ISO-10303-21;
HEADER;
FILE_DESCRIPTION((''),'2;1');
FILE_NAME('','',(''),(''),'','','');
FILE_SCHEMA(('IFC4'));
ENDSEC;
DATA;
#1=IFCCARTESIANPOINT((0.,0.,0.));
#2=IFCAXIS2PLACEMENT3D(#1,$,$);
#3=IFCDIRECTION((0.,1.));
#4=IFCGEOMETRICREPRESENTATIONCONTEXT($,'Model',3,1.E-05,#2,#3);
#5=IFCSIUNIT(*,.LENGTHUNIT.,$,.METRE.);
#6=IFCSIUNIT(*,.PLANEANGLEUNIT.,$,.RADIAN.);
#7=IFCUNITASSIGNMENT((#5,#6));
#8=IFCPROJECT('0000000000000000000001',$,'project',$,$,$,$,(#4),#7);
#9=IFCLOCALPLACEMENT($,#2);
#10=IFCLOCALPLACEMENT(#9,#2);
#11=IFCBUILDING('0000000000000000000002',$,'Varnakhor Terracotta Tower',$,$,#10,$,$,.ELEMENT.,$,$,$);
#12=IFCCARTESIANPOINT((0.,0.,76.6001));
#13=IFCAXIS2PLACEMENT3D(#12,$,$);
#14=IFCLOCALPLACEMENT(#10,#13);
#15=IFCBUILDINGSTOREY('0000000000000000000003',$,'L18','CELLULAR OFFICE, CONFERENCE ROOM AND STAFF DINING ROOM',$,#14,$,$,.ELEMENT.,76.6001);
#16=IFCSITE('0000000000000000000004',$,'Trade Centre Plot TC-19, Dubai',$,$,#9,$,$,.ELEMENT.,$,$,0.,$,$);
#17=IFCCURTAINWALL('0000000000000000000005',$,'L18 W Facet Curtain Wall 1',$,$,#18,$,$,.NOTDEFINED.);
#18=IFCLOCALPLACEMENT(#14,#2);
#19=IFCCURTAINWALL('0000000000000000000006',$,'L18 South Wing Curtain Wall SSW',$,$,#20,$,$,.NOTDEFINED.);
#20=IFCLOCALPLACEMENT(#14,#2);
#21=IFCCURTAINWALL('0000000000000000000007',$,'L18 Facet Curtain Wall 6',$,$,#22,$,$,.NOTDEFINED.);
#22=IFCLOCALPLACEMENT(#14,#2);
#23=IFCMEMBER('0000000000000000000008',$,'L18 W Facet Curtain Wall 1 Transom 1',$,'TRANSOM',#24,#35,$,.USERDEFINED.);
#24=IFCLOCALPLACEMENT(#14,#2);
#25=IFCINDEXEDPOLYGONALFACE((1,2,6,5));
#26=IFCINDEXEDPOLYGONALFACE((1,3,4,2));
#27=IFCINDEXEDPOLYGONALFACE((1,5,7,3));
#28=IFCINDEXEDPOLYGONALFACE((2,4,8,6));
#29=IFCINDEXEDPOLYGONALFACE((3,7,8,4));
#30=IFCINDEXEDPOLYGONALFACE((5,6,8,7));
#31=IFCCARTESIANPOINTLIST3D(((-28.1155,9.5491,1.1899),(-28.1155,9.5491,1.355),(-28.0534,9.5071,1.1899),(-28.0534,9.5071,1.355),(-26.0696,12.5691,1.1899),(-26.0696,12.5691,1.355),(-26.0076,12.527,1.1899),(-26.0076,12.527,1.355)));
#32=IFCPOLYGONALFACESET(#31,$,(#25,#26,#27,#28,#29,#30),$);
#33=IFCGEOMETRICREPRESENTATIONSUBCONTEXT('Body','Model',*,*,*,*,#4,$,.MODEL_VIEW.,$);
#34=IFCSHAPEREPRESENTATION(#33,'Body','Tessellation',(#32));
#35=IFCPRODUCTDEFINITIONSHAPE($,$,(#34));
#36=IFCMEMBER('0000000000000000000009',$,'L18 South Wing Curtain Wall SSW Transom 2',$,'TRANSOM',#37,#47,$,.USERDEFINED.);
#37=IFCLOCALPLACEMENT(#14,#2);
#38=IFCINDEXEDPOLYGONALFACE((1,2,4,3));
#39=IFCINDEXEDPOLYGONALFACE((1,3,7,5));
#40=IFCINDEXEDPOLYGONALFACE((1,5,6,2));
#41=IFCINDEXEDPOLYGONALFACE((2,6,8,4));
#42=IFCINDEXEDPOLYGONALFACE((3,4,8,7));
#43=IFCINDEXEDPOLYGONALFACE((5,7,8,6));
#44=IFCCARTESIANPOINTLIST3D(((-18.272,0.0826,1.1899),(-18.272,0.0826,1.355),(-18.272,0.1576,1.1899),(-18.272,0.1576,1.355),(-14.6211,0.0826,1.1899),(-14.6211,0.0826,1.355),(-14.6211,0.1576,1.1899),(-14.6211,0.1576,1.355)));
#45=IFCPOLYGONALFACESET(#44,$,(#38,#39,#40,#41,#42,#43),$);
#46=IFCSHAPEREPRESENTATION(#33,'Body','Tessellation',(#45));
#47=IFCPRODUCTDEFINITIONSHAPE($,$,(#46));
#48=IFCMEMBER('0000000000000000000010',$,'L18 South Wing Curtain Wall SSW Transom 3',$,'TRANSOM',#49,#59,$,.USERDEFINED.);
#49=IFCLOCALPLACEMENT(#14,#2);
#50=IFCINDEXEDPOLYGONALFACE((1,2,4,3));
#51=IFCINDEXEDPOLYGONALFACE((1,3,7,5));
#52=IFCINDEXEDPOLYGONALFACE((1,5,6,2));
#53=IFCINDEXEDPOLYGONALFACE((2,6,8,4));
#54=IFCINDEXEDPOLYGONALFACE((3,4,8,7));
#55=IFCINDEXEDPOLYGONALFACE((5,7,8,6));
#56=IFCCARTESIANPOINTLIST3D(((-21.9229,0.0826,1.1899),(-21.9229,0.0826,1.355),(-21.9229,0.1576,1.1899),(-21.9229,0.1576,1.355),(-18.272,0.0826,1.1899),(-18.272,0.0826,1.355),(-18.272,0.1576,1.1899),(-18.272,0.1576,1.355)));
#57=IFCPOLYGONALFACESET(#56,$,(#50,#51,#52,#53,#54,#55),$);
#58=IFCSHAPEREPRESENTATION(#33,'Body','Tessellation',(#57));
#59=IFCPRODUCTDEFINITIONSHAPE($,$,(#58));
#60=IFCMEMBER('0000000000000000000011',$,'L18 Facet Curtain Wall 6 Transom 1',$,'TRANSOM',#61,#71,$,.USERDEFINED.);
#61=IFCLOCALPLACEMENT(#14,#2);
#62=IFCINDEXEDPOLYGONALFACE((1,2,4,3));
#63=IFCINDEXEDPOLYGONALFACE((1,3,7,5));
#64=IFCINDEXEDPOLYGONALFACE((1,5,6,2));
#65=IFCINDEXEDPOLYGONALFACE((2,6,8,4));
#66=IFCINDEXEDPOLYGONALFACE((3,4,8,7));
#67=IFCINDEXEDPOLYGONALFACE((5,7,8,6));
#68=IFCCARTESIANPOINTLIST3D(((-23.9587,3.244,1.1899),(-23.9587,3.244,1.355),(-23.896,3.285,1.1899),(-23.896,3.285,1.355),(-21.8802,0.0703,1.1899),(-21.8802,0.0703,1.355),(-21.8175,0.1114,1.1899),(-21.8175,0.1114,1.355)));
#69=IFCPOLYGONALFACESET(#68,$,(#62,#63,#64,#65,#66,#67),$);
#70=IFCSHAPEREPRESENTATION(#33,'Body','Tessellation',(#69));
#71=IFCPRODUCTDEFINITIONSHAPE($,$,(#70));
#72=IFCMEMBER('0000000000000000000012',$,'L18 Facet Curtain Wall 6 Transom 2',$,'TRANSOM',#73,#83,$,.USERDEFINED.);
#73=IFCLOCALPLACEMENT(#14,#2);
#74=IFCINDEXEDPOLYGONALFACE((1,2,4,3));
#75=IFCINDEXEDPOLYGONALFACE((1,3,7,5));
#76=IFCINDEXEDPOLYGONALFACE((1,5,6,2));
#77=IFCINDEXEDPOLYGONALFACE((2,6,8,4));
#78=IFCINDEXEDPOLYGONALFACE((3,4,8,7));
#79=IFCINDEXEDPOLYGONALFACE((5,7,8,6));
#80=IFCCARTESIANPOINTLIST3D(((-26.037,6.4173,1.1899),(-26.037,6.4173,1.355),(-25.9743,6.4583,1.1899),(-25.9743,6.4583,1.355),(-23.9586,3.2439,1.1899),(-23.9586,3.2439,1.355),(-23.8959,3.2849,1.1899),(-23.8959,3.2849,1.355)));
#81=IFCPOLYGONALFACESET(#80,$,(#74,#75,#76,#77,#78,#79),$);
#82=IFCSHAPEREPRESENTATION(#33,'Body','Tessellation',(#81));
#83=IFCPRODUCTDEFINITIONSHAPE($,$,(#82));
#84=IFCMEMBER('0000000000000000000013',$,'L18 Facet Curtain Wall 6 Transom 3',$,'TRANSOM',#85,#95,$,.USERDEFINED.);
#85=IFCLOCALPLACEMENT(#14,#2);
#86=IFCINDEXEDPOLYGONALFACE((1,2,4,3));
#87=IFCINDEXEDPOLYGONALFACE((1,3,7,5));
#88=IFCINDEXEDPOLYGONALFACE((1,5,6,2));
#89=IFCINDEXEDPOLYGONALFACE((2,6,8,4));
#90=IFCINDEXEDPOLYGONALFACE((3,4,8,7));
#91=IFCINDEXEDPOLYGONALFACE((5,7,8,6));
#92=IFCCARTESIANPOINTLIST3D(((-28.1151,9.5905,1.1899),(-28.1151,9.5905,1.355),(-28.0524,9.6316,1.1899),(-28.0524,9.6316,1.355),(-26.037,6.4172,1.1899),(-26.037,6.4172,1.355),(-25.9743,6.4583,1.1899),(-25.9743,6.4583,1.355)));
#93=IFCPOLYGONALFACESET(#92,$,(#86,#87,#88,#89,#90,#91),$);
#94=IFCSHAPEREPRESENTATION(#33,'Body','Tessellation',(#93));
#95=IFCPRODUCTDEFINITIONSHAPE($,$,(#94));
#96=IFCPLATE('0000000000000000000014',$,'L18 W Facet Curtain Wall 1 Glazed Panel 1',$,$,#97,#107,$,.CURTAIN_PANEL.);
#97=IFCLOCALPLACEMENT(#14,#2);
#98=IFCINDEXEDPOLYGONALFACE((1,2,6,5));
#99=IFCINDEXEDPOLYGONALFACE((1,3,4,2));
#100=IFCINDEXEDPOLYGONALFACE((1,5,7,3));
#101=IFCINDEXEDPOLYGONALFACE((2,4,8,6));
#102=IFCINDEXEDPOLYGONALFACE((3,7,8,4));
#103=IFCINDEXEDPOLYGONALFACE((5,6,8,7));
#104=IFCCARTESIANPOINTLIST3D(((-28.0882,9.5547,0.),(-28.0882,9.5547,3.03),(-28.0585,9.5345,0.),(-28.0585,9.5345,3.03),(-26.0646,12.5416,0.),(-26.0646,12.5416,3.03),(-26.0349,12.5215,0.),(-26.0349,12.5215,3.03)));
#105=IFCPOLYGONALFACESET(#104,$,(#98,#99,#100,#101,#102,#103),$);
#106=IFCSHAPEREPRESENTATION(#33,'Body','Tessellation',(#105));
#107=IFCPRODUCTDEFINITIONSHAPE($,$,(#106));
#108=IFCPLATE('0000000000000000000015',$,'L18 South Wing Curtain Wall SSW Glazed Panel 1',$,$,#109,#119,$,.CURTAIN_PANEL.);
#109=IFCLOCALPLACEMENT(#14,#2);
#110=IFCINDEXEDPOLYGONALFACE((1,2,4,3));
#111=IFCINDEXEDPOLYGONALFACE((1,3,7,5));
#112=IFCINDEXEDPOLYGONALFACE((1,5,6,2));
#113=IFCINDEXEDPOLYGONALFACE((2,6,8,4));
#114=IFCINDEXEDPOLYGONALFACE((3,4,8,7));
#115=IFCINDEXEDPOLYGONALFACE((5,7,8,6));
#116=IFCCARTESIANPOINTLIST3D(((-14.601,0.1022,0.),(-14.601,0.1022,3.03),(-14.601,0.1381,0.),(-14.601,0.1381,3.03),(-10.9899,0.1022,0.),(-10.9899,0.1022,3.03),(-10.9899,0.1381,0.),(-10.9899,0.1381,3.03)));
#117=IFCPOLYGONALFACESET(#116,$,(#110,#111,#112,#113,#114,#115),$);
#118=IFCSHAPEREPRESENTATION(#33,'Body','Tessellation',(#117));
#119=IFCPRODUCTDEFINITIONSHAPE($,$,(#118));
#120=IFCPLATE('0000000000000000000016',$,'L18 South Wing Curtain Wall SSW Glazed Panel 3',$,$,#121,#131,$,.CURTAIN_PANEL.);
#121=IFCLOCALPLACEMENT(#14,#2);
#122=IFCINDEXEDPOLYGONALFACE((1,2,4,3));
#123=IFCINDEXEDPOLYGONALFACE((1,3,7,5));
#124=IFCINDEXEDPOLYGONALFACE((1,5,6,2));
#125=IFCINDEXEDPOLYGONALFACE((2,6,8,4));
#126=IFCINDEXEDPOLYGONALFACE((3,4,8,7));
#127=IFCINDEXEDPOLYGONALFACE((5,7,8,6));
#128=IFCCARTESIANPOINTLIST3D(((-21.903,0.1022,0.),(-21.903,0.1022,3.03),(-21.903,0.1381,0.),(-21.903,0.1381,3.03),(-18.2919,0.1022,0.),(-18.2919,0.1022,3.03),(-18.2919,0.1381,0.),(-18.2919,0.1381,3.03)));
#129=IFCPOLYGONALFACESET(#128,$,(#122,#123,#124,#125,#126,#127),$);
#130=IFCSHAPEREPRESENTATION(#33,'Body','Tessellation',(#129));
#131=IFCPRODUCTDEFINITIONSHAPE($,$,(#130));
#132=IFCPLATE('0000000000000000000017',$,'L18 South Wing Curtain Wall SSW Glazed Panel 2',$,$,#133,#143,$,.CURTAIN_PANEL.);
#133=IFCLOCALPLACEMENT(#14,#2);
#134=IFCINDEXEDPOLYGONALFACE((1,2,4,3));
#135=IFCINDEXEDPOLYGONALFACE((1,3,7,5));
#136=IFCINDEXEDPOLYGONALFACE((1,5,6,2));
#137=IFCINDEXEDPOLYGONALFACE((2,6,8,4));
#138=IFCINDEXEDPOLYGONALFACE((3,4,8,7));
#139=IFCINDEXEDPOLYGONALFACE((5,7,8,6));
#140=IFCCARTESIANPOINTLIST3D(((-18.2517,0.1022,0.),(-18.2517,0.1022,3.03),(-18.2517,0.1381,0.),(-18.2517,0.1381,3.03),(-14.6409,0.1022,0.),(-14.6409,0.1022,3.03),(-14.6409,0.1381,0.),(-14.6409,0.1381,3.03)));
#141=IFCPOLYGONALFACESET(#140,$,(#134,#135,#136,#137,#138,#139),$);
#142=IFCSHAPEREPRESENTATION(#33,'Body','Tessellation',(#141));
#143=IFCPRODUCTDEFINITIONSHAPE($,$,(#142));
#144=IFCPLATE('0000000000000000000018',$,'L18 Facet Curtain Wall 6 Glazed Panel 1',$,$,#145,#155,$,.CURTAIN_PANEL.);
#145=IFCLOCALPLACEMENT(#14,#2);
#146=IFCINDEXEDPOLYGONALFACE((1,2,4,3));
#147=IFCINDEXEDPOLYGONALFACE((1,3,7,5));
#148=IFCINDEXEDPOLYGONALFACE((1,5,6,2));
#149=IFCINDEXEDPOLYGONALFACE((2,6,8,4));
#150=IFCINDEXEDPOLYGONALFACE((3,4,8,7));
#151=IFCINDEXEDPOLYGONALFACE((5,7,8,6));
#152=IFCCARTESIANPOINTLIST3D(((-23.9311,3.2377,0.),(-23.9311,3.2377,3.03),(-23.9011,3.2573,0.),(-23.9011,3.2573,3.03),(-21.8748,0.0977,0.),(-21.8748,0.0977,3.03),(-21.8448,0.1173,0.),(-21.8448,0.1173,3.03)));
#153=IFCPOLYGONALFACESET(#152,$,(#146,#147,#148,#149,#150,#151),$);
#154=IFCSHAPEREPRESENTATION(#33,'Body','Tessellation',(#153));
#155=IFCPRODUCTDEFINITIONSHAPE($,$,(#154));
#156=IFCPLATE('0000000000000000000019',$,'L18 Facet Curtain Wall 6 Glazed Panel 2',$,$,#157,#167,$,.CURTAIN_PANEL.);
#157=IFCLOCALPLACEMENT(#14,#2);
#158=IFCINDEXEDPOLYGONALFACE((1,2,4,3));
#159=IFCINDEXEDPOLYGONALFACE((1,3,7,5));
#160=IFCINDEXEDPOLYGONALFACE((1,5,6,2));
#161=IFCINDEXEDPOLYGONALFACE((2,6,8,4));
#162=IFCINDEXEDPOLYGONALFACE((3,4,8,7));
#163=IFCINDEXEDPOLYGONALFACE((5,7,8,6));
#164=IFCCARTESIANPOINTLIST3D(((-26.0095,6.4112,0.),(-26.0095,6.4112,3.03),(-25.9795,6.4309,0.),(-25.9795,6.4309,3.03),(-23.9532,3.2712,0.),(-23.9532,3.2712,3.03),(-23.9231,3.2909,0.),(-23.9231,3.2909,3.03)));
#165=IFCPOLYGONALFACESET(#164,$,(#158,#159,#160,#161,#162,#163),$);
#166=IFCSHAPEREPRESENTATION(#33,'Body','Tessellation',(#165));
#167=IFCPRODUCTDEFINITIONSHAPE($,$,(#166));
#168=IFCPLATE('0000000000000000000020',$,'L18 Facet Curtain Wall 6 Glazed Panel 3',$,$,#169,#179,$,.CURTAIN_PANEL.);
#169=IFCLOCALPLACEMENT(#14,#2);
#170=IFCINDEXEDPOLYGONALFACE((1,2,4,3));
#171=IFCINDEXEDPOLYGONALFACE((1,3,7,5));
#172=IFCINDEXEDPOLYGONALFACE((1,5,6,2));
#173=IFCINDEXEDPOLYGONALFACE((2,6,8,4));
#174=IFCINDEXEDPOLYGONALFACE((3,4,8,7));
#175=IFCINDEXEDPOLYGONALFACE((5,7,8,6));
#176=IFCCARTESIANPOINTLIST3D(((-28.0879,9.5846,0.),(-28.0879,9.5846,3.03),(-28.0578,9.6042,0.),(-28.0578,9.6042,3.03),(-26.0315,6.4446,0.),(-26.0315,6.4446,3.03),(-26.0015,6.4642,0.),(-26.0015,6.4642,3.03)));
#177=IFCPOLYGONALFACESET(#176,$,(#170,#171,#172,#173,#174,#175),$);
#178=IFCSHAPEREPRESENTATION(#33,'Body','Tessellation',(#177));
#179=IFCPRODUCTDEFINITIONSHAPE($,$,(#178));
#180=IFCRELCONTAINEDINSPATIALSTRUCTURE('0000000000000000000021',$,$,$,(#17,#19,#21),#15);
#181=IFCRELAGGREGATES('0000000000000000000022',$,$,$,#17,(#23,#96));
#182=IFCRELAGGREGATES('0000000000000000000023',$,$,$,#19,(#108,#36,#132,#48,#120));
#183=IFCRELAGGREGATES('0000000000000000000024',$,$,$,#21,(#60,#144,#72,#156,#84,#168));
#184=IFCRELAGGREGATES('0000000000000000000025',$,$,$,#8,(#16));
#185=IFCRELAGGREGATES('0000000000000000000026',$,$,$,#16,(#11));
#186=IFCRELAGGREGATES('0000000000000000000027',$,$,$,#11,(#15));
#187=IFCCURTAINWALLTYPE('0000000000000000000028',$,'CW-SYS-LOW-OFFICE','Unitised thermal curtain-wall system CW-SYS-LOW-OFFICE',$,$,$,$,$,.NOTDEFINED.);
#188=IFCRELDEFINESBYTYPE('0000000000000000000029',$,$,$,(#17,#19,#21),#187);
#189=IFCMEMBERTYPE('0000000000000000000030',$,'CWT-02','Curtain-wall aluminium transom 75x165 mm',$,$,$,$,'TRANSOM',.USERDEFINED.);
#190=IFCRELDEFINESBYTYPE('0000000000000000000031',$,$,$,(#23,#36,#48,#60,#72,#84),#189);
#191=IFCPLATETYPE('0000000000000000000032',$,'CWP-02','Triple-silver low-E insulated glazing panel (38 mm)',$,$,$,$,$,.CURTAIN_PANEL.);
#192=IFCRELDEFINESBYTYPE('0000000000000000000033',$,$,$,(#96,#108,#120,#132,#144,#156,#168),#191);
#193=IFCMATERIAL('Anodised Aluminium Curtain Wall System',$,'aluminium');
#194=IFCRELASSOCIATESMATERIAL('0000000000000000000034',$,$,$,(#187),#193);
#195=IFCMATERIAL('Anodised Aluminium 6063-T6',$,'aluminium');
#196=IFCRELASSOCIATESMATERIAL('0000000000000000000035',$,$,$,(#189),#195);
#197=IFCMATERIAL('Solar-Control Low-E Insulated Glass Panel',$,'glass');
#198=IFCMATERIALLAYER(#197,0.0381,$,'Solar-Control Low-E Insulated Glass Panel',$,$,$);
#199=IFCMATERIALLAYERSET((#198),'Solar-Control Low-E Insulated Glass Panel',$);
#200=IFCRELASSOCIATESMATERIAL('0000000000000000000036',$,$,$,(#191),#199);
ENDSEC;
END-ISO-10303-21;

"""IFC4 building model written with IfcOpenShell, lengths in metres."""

from ifc_helpers import new_model, si_unit, direction, frame, origin, origin_2d, place, context, subcontext, project, spatial, rectangle, extrude, source, transform, mapped, material, layer, layer_set, material_profile, profile_set, type_object, element, aggregate, save


model = new_model("IFC4")

# Units and contexts
model_context = context("Model", 3, precision=1e-05, world=origin(), true_north=direction((0.0, 1.0)))
body_context = subcontext(model_context, "Body", "Model", "MODEL_VIEW")
ifc_project = project(units=[si_unit("LENGTHUNIT", "METRE"), si_unit("PLANEANGLEUNIT", "RADIAN")], contexts=[model_context])

# Site, building, storey
site_placement = place(None, origin())
site = spatial("IfcSite", under=ifc_project, at=site_placement, Name="Trade Centre Plot TC-19, Dubai", CompositionType="ELEMENT", RefElevation=0.0)
building_placement = place(site_placement, origin())
building = spatial("IfcBuilding", under=site, at=building_placement, Name="Varnakhor Terracotta Tower", CompositionType="ELEMENT")
storey_placement = place(building_placement, frame((0.0, 0.0, 76.6001)))
storey = spatial("IfcBuildingStorey", under=building, at=storey_placement, Name="L18", Description="CELLULAR OFFICE, CONFERENCE ROOM AND STAFF DINING ROOM", CompositionType="ELEMENT", Elevation=76.6001)

# Curtain wall
ifc_material_1 = material(Name="Anodised Aluminium Curtain Wall System", Category="aluminium")
curtain_wall_type = type_object("IfcCurtainWallType", Name="CW-SYS-LOW-OFFICE", Description="Unitised thermal curtain-wall system CW-SYS-LOW-OFFICE", PredefinedType="NOTDEFINED", material=ifc_material_1)
curtain_wall_1_placement = place(storey_placement, origin())
curtain_wall_1 = element("IfcCurtainWall", 1, at=curtain_wall_1_placement, inside=storey, type_object=curtain_wall_type, Name="L18 W Facet Curtain Wall 1", PredefinedType="NOTDEFINED")
ifc_material_2 = material(Name="Anodised Aluminium 6063-T6", Category="aluminium")

# Curtain walls
curtain_wall_2_placement = place(storey_placement, origin())
curtain_wall_2 = element("IfcCurtainWall", 2, at=curtain_wall_2_placement, inside=storey, type_object=curtain_wall_type, Name="L18 South Wing Curtain Wall SSW", PredefinedType="NOTDEFINED")
curtain_wall_3_placement = place(storey_placement, origin())
curtain_wall_3 = element("IfcCurtainWall", 3, at=curtain_wall_3_placement, inside=storey, type_object=curtain_wall_type, Name="L18 Facet Curtain Wall 6", PredefinedType="NOTDEFINED")

# Members
ifc_material_profile_1 = material_profile(ifc_material_2, rectangle(XDim=0.075, YDim=0.165, at=origin_2d()), Name="ALU TRANSOM 75x165")
ifc_profile_set_1 = profile_set([ifc_material_profile_1], Name="Anodised Aluminium 6063-T6")
member_type_1 = type_object("IfcMemberType", Name="CWT-02", Description="Curtain-wall aluminium transom 75x165 mm", ElementType="TRANSOM", PredefinedType="USERDEFINED", material=ifc_profile_set_1)
shared_shape_1 = source(origin(), body_context, "Body", "SweptSolid", [
    extrude(rectangle(XDim=0.075, YDim=0.165, at=origin_2d()), origin(), (0.0, 0.0, 1.0), 3.6477),
])
member_1_placement = place(storey_placement, frame((-28.0845, 9.5281, 1.2725), z_axis=(0.560863, 0.827909, 0.0), x_axis=(-0.827909, 0.560863, 0.0)))
member_1 = element("IfcMember", 4, at=member_1_placement, type_object=member_type_1, Name="L18 W Facet Curtain Wall 1 Transom 1", ObjectType="TRANSOM", PredefinedType="USERDEFINED", context=body_context, shape_type="MappedRepresentation", body=[
    mapped(shared_shape_1, transform((0.0, 0.0, 0.0), scale=1.0)),
])
shared_shape_2 = source(origin(), body_context, "Body", "SweptSolid", [
    extrude(rectangle(XDim=0.075, YDim=0.165, at=origin_2d()), origin(), (0.0, 0.0, 1.0), 3.6509),
])
member_2_placement = place(storey_placement, frame((-14.6211, 0.1201, 1.2725), z_axis=(-1.0, 0.0, 0.0), x_axis=(0.0, -1.0, 0.0)))
member_2 = element("IfcMember", 5, at=member_2_placement, type_object=member_type_1, Name="L18 South Wing Curtain Wall SSW Transom 2", ObjectType="TRANSOM", PredefinedType="USERDEFINED", context=body_context, shape_type="MappedRepresentation", body=[
    mapped(shared_shape_2, transform((0.0, 0.0, 0.0), scale=1.0)),
])
member_3_placement = place(storey_placement, frame((-18.272, 0.1201, 1.2725), z_axis=(-1.0, 0.0, 0.0), x_axis=(0.0, -1.0, 0.0)))
member_3 = element("IfcMember", 6, at=member_3_placement, type_object=member_type_1, Name="L18 South Wing Curtain Wall SSW Transom 3", ObjectType="TRANSOM", PredefinedType="USERDEFINED", context=body_context, shape_type="MappedRepresentation", body=[
    mapped(shared_shape_2, transform((0.0, 0.0, 0.0), scale=1.0)),
])
shared_shape_3 = source(origin(), body_context, "Body", "SweptSolid", [
    extrude(rectangle(XDim=0.075, YDim=0.165, at=origin_2d()), origin(), (0.0, 0.0, 1.0), 3.7937),
])
member_4_placement = place(storey_placement, frame((-21.8489, 0.0908, 1.2725), z_axis=(-0.547865, 0.836567, 0.0), x_axis=(-0.836567, -0.547865, 0.0)))
member_4 = element("IfcMember", 7, at=member_4_placement, type_object=member_type_1, Name="L18 Facet Curtain Wall 6 Transom 1", ObjectType="TRANSOM", PredefinedType="USERDEFINED", context=body_context, shape_type="MappedRepresentation", body=[
    mapped(shared_shape_3, transform((0.0, 0.0, 0.0), scale=1.0)),
])
shared_shape_4 = source(origin(), body_context, "Body", "SweptSolid", [
    extrude(rectangle(XDim=0.075, YDim=0.165, at=origin_2d()), origin(), (0.0, 0.0, 1.0), 3.7935),
])
member_5_placement = place(storey_placement, frame((-23.9272, 3.2644, 1.2725), z_axis=(-0.547894, 0.836548, 0.0), x_axis=(-0.836548, -0.547894, 0.0)))
member_5 = element("IfcMember", 8, at=member_5_placement, type_object=member_type_1, Name="L18 Facet Curtain Wall 6 Transom 2", ObjectType="TRANSOM", PredefinedType="USERDEFINED", context=body_context, shape_type="MappedRepresentation", body=[
    mapped(shared_shape_4, transform((0.0, 0.0, 0.0), scale=1.0)),
])
shared_shape_5 = source(origin(), body_context, "Body", "SweptSolid", [
    extrude(rectangle(XDim=0.075, YDim=0.165, at=origin_2d()), origin(), (0.0, 0.0, 1.0), 3.7932),
])
member_6_placement = place(storey_placement, frame((-26.0056, 6.4377, 1.2725), z_axis=(-0.547849, 0.836577, 0.0), x_axis=(-0.836577, -0.547849, 0.0)))
member_6 = element("IfcMember", 9, at=member_6_placement, type_object=member_type_1, Name="L18 Facet Curtain Wall 6 Transom 3", ObjectType="TRANSOM", PredefinedType="USERDEFINED", context=body_context, shape_type="MappedRepresentation", body=[
    mapped(shared_shape_5, transform((0.0, 0.0, 0.0), scale=1.0)),
])

# Plates
ifc_material_3 = material(Name="Solar-Control Low-E Insulated Glass Panel", Category="glass")
ifc_layer_1 = layer(ifc_material_3, 0.0381, Name="Solar-Control Low-E Insulated Glass Panel")
ifc_layer_set_1 = layer_set([ifc_layer_1], Name="Solar-Control Low-E Insulated Glass Panel")
plate_type = type_object("IfcPlateType", Name="CWP-02", Description="Triple-silver low-E insulated glazing panel (38 mm)", PredefinedType="CURTAIN_PANEL", material=ifc_layer_set_1)
shared_shape_6 = source(origin(), body_context, "Body", "SweptSolid", [
    extrude(rectangle(XDim=3.6079, YDim=0.0359, at=origin_2d()), origin(), (0.0, 0.0, 1.0), 3.03),
])
plate_1_placement = place(storey_placement, frame((-27.0615, 11.0381, 0.0), z_axis=(0.0, 0.0, 1.0), x_axis=(0.560885, 0.827894, 0.0)))
plate_1 = element("IfcPlate", 10, at=plate_1_placement, type_object=plate_type, Name="L18 W Facet Curtain Wall 1 Glazed Panel 1", PredefinedType="CURTAIN_PANEL", context=body_context, shape_type="MappedRepresentation", body=[
    mapped(shared_shape_6, transform((0.0, 0.0, 0.0), scale=1.0)),
])
aggregate(curtain_wall_1, [member_1, plate_1])
shared_shape_7 = source(origin(), body_context, "Body", "SweptSolid", [
    extrude(rectangle(XDim=3.6111, YDim=0.0359, at=origin_2d()), origin(), (0.0, 0.0, 1.0), 3.03),
])
plate_2_placement = place(storey_placement, frame((-12.7954, 0.1201, 0.0), z_axis=(0.0, 0.0, 1.0), x_axis=(-1.0, 0.0, 0.0)))
plate_2 = element("IfcPlate", 11, at=plate_2_placement, type_object=plate_type, Name="L18 South Wing Curtain Wall SSW Glazed Panel 1", PredefinedType="CURTAIN_PANEL", context=body_context, shape_type="MappedRepresentation", body=[
    mapped(shared_shape_7, transform((0.0, 0.0, 0.0), scale=1.0)),
])
plate_3_placement = place(storey_placement, frame((-20.0974, 0.1201, 0.0), z_axis=(0.0, 0.0, 1.0), x_axis=(-1.0, 0.0, 0.0)))
plate_3 = element("IfcPlate", 12, at=plate_3_placement, type_object=plate_type, Name="L18 South Wing Curtain Wall SSW Glazed Panel 3", PredefinedType="CURTAIN_PANEL", context=body_context, shape_type="MappedRepresentation", body=[
    mapped(shared_shape_7, transform((0.0, 0.0, 0.0), scale=1.0)),
])
shared_shape_8 = source(origin(), body_context, "Body", "SweptSolid", [
    extrude(rectangle(XDim=3.6108, YDim=0.0359, at=origin_2d()), origin(), (0.0, 0.0, 1.0), 3.03),
])
plate_4_placement = place(storey_placement, frame((-16.4463, 0.1201, 0.0), z_axis=(0.0, 0.0, 1.0), x_axis=(-1.0, 0.0, 0.0)))
plate_4 = element("IfcPlate", 13, at=plate_4_placement, type_object=plate_type, Name="L18 South Wing Curtain Wall SSW Glazed Panel 2", PredefinedType="CURTAIN_PANEL", context=body_context, shape_type="MappedRepresentation", body=[
    mapped(shared_shape_8, transform((0.0, 0.0, 0.0), scale=1.0)),
])
aggregate(curtain_wall_2, [plate_2, member_2, plate_4, member_3, plate_3])
shared_shape_9 = source(origin(), body_context, "Body", "SweptSolid", [
    extrude(rectangle(XDim=3.7534, YDim=0.0359, at=origin_2d()), origin(), (0.0, 0.0, 1.0), 3.03),
])
plate_5_placement = place(storey_placement, frame((-22.8879, 1.6775, 0.0), z_axis=(0.0, 0.0, 1.0), x_axis=(-0.547855, 0.836573, 0.0)))
plate_5 = element("IfcPlate", 14, at=plate_5_placement, type_object=plate_type, Name="L18 Facet Curtain Wall 6 Glazed Panel 1", PredefinedType="CURTAIN_PANEL", context=body_context, shape_type="MappedRepresentation", body=[
    mapped(shared_shape_9, transform((0.0, 0.0, 0.0), scale=1.0)),
])
plate_6_placement = place(storey_placement, frame((-24.9663, 4.8511, 0.0), z_axis=(0.0, 0.0, 1.0), x_axis=(-0.547855, 0.836573, 0.0)))
plate_6 = element("IfcPlate", 15, at=plate_6_placement, type_object=plate_type, Name="L18 Facet Curtain Wall 6 Glazed Panel 2", PredefinedType="CURTAIN_PANEL", context=body_context, shape_type="MappedRepresentation", body=[
    mapped(shared_shape_9, transform((0.0, 0.0, 0.0), scale=1.0)),
])
plate_7_placement = place(storey_placement, frame((-27.0447, 8.0244, 0.0), z_axis=(0.0, 0.0, 1.0), x_axis=(-0.547855, 0.836573, 0.0)))
plate_7 = element("IfcPlate", 16, at=plate_7_placement, type_object=plate_type, Name="L18 Facet Curtain Wall 6 Glazed Panel 3", PredefinedType="CURTAIN_PANEL", context=body_context, shape_type="MappedRepresentation", body=[
    mapped(shared_shape_9, transform((0.0, 0.0, 0.0), scale=1.0)),
])
aggregate(curtain_wall_3, [member_4, plate_5, member_5, plate_6, member_6, plate_7])

save(model, "model.ifc")
